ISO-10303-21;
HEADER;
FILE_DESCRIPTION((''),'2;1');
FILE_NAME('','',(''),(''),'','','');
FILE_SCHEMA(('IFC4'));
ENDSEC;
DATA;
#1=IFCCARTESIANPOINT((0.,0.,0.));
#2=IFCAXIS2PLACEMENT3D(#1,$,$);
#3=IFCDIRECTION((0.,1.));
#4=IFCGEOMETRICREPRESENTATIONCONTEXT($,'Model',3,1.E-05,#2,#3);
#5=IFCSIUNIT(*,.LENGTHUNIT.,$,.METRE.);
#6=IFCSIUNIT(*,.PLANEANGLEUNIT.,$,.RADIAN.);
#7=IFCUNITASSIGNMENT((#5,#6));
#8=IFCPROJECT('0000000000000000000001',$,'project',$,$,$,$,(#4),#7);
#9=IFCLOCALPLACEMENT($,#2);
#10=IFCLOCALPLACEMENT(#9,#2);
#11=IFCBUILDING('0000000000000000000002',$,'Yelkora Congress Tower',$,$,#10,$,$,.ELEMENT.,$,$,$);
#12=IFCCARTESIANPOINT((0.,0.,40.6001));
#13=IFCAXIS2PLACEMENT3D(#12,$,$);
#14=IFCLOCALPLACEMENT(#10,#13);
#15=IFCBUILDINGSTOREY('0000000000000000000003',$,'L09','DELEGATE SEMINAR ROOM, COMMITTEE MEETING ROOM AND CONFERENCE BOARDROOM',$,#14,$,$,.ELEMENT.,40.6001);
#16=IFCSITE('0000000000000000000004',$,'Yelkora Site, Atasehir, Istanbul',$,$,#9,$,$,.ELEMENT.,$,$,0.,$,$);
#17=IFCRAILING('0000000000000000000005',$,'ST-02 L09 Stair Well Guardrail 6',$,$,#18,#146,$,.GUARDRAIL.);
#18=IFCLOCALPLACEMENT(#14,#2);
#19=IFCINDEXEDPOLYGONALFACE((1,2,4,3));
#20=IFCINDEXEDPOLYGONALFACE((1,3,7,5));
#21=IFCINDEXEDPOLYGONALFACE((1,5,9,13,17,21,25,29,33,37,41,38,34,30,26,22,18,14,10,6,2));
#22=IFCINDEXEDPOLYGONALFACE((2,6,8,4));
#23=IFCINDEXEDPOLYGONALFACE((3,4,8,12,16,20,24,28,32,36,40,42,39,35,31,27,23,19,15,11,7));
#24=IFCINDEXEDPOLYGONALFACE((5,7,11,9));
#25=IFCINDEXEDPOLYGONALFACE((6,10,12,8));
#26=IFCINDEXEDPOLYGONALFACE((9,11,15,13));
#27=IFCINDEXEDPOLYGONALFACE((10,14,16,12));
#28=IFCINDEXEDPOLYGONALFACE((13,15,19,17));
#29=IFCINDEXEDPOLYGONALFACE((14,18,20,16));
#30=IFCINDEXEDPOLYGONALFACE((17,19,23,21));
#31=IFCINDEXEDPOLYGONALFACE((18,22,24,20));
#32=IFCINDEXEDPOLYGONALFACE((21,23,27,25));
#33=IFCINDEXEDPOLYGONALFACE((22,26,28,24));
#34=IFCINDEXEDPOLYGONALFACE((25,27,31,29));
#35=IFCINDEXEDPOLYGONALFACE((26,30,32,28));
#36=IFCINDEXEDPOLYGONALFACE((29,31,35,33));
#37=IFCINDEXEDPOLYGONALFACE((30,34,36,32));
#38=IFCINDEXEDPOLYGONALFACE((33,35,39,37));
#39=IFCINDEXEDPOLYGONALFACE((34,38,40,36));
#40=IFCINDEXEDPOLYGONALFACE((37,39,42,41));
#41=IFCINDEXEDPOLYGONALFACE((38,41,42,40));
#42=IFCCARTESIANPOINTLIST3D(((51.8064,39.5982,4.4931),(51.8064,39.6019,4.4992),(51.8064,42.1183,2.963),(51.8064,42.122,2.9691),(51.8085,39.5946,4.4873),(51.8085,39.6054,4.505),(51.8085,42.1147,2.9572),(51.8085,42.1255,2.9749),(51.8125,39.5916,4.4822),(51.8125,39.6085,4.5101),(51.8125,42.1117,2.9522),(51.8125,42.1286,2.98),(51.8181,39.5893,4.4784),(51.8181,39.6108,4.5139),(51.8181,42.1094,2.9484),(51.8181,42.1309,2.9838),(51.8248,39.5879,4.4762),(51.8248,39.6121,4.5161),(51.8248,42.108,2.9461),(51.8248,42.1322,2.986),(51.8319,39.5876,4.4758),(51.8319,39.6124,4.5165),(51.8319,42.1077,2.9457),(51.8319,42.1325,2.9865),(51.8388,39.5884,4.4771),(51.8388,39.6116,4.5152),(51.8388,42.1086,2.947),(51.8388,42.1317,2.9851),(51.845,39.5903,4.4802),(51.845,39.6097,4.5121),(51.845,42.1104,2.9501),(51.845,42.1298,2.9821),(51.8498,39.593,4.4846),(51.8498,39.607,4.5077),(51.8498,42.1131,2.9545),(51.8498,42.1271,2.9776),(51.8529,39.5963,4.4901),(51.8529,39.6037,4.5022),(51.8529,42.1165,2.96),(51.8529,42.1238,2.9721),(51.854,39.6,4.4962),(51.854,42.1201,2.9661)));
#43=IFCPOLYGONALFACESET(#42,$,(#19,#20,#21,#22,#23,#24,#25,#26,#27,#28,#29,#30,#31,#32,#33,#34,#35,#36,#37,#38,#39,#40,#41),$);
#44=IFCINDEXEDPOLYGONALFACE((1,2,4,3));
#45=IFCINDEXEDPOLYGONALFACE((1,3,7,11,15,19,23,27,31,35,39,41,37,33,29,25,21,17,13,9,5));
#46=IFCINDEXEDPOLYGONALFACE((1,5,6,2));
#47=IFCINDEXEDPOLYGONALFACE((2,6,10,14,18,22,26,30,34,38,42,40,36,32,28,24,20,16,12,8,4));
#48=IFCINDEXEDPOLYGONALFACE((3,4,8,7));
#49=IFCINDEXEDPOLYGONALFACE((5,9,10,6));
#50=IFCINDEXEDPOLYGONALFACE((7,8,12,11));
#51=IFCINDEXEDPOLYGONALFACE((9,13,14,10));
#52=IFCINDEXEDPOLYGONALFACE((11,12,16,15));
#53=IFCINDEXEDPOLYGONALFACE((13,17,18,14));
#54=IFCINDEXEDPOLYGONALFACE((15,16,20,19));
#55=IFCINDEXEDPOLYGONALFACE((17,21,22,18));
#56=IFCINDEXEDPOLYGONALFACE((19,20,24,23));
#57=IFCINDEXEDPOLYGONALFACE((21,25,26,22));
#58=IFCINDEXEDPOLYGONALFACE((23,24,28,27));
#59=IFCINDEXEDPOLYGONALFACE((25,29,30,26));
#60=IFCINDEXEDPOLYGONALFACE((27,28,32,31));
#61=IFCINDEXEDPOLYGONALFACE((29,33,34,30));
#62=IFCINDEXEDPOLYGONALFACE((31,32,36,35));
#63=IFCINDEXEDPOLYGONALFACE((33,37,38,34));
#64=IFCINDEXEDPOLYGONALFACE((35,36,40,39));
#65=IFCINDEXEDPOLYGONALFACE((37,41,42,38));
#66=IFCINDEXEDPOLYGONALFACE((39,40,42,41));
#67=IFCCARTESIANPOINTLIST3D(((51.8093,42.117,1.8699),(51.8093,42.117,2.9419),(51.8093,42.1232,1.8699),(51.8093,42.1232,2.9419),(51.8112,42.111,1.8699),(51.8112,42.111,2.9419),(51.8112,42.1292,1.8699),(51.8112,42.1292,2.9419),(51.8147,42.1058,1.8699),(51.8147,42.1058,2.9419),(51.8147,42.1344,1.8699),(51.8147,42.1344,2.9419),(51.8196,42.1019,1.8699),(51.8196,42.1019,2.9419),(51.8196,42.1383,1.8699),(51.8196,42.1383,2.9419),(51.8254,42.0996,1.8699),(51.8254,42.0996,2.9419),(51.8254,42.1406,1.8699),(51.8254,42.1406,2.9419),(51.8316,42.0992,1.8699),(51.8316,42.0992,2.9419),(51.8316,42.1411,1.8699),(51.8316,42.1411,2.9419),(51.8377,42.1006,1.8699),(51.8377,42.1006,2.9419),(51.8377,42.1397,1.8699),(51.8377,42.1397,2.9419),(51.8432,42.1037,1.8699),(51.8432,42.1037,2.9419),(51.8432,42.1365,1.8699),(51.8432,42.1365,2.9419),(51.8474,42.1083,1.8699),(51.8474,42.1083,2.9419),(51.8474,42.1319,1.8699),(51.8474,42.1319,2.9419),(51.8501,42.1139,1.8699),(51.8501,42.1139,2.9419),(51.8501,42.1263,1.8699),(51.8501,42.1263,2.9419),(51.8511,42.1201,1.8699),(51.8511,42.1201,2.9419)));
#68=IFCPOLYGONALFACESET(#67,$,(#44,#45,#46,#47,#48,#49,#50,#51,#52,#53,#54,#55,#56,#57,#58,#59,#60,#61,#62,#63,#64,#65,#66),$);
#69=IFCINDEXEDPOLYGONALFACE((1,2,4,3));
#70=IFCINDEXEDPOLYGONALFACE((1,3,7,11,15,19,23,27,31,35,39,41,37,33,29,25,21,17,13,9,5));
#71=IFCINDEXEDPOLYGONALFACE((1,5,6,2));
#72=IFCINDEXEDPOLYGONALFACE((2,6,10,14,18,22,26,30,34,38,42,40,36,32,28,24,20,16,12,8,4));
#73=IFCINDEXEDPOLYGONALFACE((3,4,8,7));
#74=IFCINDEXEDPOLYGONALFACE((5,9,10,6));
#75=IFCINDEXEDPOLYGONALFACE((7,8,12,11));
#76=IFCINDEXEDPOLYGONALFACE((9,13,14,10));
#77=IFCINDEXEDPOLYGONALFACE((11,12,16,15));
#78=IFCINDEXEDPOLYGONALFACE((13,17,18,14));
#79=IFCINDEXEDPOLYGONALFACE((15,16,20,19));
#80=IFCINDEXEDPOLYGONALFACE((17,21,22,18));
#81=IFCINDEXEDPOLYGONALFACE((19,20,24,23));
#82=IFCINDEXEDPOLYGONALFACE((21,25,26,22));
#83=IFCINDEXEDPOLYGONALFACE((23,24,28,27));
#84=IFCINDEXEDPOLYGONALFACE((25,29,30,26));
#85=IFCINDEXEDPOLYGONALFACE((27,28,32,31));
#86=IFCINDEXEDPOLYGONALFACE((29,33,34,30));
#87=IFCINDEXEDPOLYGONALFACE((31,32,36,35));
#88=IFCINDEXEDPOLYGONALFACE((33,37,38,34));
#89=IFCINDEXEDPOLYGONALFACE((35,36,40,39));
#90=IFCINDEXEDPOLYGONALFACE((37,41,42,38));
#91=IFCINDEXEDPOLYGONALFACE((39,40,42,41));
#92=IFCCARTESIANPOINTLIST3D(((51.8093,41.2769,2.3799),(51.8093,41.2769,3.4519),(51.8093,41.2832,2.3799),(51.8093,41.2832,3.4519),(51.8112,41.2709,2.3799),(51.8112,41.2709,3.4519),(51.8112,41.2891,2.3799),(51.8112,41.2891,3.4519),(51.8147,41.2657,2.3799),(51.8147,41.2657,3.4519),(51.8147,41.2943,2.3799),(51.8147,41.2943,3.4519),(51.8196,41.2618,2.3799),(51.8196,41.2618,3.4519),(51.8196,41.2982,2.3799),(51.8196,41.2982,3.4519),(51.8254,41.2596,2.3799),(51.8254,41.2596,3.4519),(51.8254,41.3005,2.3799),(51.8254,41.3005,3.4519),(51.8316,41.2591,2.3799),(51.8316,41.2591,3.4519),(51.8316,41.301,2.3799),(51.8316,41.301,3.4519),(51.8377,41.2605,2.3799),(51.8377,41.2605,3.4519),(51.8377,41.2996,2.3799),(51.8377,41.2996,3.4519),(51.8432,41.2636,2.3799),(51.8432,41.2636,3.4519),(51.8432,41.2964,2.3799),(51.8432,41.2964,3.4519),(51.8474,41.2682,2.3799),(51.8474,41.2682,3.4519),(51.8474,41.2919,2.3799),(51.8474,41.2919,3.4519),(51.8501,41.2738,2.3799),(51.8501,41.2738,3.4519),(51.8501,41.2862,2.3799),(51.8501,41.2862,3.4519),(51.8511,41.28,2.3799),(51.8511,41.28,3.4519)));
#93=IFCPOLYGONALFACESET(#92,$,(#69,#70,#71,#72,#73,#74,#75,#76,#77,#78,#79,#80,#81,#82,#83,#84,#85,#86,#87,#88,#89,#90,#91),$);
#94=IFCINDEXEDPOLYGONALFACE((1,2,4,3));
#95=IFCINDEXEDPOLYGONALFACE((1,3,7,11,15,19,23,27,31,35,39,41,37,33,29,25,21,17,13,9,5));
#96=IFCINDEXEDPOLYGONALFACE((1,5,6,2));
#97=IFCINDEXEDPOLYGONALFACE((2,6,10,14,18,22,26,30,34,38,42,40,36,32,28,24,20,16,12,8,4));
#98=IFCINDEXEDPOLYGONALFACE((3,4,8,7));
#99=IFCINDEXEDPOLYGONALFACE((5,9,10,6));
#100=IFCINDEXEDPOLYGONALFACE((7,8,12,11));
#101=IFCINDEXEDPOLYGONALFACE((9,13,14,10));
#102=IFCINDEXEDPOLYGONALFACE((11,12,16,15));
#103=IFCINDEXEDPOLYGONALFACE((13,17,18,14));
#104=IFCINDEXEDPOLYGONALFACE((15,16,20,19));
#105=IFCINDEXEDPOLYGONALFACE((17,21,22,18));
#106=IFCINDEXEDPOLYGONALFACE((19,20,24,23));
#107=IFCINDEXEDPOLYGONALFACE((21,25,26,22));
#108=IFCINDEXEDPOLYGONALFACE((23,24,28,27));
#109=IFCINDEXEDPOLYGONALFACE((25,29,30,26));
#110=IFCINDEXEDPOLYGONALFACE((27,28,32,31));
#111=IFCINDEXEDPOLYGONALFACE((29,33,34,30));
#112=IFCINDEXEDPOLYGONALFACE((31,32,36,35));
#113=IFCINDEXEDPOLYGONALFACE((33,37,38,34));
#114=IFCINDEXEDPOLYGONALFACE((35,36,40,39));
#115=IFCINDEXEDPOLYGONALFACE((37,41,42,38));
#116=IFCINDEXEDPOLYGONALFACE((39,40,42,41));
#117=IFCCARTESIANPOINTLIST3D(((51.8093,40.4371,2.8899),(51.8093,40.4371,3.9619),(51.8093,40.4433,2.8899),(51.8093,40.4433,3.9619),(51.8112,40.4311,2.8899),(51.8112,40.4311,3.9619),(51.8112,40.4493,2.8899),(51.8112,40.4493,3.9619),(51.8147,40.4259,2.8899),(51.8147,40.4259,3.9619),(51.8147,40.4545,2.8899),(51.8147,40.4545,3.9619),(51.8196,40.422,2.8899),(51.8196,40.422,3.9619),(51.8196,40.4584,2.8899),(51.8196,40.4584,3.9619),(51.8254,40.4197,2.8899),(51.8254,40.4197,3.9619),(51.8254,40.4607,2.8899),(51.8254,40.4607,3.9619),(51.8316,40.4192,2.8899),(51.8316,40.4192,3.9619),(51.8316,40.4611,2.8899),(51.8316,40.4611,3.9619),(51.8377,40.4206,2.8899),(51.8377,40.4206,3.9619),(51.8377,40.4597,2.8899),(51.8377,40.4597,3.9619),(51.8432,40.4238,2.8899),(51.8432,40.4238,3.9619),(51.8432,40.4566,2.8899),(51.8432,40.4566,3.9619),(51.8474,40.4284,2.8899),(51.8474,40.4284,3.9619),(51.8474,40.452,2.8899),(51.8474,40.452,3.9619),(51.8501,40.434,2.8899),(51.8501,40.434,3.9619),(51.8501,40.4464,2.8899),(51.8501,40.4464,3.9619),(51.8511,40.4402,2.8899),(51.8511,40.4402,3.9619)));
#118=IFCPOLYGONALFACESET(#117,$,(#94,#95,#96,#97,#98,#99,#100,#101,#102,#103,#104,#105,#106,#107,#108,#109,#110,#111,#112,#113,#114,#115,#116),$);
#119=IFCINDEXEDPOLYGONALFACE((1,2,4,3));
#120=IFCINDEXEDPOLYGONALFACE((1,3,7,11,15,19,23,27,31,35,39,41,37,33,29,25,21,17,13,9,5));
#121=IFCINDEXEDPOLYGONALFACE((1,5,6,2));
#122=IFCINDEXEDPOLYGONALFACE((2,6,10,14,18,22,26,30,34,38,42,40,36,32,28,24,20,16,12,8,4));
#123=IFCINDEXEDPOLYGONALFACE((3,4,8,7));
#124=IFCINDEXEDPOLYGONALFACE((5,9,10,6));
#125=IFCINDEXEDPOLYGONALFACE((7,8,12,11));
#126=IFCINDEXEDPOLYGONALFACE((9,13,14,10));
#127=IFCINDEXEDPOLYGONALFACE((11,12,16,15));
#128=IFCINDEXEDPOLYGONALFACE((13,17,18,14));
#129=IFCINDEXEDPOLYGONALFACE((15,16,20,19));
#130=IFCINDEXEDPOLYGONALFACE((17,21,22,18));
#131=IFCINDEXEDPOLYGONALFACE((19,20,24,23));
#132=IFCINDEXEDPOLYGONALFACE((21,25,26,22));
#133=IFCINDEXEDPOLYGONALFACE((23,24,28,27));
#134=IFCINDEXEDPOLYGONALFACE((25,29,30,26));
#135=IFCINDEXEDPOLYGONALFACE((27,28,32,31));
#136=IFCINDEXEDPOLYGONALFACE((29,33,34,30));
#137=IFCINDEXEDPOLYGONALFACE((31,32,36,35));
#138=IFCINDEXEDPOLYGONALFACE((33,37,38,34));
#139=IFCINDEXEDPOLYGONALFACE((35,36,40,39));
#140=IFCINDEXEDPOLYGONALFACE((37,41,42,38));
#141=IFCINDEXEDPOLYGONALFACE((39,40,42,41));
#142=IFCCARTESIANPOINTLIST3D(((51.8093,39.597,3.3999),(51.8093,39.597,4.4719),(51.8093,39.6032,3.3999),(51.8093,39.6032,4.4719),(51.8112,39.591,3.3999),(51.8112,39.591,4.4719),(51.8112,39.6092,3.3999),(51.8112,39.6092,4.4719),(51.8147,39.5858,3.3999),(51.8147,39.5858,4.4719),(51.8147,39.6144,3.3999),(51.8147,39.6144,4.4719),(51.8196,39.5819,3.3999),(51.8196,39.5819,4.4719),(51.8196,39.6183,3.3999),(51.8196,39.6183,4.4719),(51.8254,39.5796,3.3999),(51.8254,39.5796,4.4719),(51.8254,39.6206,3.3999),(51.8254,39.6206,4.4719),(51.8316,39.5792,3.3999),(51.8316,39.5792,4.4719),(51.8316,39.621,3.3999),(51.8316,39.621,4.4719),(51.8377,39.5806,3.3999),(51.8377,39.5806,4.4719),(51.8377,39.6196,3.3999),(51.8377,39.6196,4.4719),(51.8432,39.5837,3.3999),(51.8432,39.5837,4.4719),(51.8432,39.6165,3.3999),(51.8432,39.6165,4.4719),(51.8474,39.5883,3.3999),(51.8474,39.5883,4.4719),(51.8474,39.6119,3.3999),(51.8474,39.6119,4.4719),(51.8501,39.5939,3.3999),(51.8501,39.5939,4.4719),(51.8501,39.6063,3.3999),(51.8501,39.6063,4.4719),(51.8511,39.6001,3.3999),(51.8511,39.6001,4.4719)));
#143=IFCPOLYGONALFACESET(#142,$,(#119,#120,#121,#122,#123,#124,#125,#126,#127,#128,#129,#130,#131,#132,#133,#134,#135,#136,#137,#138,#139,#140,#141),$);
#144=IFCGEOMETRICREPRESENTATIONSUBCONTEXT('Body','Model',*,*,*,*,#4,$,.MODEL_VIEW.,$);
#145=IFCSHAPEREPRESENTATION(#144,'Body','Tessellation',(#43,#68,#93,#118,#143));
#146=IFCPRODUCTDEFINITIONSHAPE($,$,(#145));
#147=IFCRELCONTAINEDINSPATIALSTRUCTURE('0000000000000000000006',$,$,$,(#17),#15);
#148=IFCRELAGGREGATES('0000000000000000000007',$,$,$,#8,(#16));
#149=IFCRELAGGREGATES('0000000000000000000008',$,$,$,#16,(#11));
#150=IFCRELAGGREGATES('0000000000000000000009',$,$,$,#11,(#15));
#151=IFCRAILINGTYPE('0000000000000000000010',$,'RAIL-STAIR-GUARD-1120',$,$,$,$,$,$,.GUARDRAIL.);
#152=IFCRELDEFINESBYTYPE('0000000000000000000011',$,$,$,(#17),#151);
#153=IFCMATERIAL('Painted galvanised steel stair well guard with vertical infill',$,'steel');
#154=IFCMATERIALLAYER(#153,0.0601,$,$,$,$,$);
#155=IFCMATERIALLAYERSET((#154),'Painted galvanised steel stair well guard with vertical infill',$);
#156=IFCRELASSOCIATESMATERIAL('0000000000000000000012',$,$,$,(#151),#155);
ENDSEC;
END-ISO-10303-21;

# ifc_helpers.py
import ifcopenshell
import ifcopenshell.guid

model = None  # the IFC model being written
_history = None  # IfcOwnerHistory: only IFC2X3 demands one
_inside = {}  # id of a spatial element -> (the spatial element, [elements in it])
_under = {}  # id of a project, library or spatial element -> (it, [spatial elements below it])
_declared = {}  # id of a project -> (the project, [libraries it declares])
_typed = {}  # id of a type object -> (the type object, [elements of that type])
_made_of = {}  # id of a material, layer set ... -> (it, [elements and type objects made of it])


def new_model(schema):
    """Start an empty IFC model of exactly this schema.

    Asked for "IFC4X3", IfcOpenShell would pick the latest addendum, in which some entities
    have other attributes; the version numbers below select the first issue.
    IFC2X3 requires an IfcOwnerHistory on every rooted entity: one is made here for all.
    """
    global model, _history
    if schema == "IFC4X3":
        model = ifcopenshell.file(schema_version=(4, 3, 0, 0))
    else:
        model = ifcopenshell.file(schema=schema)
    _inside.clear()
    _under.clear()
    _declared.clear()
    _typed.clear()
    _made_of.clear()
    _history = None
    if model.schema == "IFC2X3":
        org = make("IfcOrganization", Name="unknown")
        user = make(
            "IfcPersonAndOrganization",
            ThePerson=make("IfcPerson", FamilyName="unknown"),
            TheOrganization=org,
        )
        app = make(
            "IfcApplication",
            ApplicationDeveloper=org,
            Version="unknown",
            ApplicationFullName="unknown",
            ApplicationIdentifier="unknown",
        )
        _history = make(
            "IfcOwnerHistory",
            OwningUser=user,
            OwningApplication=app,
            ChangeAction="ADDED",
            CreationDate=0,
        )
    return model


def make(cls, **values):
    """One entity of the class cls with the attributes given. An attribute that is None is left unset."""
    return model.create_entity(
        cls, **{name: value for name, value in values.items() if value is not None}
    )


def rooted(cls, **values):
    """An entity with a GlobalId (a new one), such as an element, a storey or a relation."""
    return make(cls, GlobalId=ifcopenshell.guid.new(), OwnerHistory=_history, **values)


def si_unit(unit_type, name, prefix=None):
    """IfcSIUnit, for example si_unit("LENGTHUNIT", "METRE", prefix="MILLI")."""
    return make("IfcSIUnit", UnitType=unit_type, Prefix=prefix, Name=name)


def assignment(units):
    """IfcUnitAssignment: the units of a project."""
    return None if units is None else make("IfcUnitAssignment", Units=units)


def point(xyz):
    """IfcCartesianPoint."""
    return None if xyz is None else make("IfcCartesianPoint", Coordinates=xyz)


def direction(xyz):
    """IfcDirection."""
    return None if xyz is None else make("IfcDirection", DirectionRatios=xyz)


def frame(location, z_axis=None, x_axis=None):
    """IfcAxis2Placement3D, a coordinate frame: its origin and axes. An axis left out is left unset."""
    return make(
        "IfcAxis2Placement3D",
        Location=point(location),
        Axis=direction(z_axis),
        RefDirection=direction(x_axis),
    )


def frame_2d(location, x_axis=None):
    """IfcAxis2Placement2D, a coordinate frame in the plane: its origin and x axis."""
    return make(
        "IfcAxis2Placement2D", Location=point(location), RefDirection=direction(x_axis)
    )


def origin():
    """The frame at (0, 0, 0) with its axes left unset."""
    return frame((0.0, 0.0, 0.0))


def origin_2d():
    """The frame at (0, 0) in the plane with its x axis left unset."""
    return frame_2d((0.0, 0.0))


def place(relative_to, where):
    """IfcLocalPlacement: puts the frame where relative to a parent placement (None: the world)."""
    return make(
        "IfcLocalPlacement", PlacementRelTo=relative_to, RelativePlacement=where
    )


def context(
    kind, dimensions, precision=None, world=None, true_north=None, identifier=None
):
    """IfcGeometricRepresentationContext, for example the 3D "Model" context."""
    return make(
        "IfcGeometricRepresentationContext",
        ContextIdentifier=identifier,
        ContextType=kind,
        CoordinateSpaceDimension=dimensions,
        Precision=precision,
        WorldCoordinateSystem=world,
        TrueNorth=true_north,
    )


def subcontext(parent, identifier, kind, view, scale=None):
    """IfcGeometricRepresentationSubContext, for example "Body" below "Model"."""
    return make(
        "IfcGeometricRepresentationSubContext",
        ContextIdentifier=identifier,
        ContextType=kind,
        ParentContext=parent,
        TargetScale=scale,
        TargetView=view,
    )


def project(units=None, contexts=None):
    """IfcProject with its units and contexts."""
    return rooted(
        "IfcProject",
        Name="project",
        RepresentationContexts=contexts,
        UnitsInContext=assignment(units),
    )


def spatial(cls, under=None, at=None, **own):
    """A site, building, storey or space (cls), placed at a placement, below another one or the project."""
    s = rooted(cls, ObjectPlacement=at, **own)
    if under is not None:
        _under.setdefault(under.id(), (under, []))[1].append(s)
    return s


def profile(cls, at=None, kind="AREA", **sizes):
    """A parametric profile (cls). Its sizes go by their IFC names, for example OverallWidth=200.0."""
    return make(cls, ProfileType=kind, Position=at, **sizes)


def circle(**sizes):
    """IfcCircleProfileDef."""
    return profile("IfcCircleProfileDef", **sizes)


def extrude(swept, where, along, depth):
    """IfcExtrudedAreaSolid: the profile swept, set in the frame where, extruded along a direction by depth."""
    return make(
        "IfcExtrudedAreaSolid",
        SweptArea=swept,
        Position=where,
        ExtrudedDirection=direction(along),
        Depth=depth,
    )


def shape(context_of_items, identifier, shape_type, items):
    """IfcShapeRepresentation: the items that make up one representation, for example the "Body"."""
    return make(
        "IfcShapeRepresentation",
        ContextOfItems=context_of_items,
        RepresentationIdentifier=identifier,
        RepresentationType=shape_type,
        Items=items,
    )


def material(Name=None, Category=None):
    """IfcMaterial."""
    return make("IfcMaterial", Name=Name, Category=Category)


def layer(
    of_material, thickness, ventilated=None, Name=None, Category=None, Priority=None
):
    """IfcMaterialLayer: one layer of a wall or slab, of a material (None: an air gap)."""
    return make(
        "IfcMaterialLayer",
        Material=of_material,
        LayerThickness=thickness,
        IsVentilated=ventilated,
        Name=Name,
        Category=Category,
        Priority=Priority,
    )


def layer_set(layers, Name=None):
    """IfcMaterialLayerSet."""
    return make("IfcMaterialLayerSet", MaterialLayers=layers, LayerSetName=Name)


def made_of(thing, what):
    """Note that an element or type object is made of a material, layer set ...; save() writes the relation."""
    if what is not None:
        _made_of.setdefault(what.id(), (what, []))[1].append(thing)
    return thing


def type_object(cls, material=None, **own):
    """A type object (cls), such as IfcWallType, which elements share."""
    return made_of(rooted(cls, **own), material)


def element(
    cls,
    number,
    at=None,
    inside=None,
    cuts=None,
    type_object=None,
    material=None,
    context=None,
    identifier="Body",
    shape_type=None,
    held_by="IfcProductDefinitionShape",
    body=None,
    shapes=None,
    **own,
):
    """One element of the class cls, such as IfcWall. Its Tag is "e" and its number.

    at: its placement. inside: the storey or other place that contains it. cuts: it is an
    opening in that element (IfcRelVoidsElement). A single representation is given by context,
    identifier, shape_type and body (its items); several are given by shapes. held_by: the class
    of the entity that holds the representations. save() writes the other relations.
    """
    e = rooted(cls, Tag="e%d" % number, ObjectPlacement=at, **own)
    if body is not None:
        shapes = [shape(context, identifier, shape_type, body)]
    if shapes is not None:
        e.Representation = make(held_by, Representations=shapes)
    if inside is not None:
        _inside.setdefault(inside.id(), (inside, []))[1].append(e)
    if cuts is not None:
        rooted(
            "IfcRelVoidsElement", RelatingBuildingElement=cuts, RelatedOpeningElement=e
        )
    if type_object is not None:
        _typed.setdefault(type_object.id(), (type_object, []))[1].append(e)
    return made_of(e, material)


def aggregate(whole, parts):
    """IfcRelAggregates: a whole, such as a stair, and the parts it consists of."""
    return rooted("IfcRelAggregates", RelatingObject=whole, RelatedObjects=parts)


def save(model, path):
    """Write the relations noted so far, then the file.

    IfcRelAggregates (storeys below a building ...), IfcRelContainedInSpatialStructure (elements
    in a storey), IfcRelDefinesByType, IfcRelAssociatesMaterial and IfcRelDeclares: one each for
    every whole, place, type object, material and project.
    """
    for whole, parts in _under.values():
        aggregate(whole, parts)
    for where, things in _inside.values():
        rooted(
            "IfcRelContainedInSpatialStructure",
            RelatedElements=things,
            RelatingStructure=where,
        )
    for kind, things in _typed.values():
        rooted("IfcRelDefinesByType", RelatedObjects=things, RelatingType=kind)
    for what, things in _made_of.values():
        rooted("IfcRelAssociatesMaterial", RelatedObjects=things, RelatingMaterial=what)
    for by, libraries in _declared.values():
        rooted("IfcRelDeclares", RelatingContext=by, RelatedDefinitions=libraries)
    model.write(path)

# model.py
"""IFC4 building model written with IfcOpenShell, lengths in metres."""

from ifc_helpers import new_model, si_unit, direction, frame, origin, origin_2d, place, context, subcontext, project, spatial, circle, extrude, material, layer, layer_set, type_object, element, save


model = new_model("IFC4")

# Units and contexts
model_context = context("Model", 3, precision=1e-05, world=origin(), true_north=direction((0.0, 1.0)))
body_context = subcontext(model_context, "Body", "Model", "MODEL_VIEW")
ifc_project = project(units=[si_unit("LENGTHUNIT", "METRE"), si_unit("PLANEANGLEUNIT", "RADIAN")], contexts=[model_context])

# Site, building, storey
site_placement = place(None, origin())
site = spatial("IfcSite", under=ifc_project, at=site_placement, Name="Yelkora Site, Atasehir, Istanbul", CompositionType="ELEMENT", RefElevation=0.0)
building_placement = place(site_placement, origin())
building = spatial("IfcBuilding", under=site, at=building_placement, Name="Yelkora Congress Tower", CompositionType="ELEMENT")
storey_placement = place(building_placement, frame((0.0, 0.0, 40.6001)))
storey = spatial("IfcBuildingStorey", under=building, at=storey_placement, Name="L09", Description="DELEGATE SEMINAR ROOM, COMMITTEE MEETING ROOM AND CONFERENCE BOARDROOM", CompositionType="ELEMENT", Elevation=40.6001)

# Railing
ifc_material_1 = material(Name="Painted galvanised steel stair well guard with vertical infill", Category="steel")
ifc_layer_1 = layer(ifc_material_1, 0.0601)
ifc_layer_set_1 = layer_set([ifc_layer_1], Name="Painted galvanised steel stair well guard with vertical infill")
railing_type_1 = type_object("IfcRailingType", Name="RAIL-STAIR-GUARD-1120", PredefinedType="GUARDRAIL", material=ifc_layer_set_1)
railing_1_placement = place(storey_placement, frame((51.8301, 42.1201, 1.8699)))
element("IfcRailing", 1, at=railing_1_placement, inside=storey, type_object=railing_type_1, Name="ST-02 L09 Stair Well Guardrail 6", PredefinedType="GUARDRAIL", context=body_context, shape_type="SweptSolid", body=[
    extrude(circle(Radius=0.0239, at=origin_2d()), frame((0.0, 0.0, 1.0962), z_axis=(0.0, -0.854785, 0.518982), x_axis=(1.0, 0.0, 0.0)), (0.0, 0.0, 1.0), 2.9482),
    extrude(circle(Radius=0.021, at=origin_2d()), origin(), (0.0, 0.0, 1.0), 1.072),
    extrude(circle(Radius=0.021, at=origin_2d()), frame((0.0, -0.8401, 0.51)), (0.0, 0.0, 1.0), 1.072),
    extrude(circle(Radius=0.021, at=origin_2d()), frame((0.0, -1.6799, 1.02)), (0.0, 0.0, 1.0), 1.072),
    extrude(circle(Radius=0.021, at=origin_2d()), frame((0.0, -2.52, 1.53)), (0.0, 0.0, 1.0), 1.072),
])

save(model, "model.ifc")
